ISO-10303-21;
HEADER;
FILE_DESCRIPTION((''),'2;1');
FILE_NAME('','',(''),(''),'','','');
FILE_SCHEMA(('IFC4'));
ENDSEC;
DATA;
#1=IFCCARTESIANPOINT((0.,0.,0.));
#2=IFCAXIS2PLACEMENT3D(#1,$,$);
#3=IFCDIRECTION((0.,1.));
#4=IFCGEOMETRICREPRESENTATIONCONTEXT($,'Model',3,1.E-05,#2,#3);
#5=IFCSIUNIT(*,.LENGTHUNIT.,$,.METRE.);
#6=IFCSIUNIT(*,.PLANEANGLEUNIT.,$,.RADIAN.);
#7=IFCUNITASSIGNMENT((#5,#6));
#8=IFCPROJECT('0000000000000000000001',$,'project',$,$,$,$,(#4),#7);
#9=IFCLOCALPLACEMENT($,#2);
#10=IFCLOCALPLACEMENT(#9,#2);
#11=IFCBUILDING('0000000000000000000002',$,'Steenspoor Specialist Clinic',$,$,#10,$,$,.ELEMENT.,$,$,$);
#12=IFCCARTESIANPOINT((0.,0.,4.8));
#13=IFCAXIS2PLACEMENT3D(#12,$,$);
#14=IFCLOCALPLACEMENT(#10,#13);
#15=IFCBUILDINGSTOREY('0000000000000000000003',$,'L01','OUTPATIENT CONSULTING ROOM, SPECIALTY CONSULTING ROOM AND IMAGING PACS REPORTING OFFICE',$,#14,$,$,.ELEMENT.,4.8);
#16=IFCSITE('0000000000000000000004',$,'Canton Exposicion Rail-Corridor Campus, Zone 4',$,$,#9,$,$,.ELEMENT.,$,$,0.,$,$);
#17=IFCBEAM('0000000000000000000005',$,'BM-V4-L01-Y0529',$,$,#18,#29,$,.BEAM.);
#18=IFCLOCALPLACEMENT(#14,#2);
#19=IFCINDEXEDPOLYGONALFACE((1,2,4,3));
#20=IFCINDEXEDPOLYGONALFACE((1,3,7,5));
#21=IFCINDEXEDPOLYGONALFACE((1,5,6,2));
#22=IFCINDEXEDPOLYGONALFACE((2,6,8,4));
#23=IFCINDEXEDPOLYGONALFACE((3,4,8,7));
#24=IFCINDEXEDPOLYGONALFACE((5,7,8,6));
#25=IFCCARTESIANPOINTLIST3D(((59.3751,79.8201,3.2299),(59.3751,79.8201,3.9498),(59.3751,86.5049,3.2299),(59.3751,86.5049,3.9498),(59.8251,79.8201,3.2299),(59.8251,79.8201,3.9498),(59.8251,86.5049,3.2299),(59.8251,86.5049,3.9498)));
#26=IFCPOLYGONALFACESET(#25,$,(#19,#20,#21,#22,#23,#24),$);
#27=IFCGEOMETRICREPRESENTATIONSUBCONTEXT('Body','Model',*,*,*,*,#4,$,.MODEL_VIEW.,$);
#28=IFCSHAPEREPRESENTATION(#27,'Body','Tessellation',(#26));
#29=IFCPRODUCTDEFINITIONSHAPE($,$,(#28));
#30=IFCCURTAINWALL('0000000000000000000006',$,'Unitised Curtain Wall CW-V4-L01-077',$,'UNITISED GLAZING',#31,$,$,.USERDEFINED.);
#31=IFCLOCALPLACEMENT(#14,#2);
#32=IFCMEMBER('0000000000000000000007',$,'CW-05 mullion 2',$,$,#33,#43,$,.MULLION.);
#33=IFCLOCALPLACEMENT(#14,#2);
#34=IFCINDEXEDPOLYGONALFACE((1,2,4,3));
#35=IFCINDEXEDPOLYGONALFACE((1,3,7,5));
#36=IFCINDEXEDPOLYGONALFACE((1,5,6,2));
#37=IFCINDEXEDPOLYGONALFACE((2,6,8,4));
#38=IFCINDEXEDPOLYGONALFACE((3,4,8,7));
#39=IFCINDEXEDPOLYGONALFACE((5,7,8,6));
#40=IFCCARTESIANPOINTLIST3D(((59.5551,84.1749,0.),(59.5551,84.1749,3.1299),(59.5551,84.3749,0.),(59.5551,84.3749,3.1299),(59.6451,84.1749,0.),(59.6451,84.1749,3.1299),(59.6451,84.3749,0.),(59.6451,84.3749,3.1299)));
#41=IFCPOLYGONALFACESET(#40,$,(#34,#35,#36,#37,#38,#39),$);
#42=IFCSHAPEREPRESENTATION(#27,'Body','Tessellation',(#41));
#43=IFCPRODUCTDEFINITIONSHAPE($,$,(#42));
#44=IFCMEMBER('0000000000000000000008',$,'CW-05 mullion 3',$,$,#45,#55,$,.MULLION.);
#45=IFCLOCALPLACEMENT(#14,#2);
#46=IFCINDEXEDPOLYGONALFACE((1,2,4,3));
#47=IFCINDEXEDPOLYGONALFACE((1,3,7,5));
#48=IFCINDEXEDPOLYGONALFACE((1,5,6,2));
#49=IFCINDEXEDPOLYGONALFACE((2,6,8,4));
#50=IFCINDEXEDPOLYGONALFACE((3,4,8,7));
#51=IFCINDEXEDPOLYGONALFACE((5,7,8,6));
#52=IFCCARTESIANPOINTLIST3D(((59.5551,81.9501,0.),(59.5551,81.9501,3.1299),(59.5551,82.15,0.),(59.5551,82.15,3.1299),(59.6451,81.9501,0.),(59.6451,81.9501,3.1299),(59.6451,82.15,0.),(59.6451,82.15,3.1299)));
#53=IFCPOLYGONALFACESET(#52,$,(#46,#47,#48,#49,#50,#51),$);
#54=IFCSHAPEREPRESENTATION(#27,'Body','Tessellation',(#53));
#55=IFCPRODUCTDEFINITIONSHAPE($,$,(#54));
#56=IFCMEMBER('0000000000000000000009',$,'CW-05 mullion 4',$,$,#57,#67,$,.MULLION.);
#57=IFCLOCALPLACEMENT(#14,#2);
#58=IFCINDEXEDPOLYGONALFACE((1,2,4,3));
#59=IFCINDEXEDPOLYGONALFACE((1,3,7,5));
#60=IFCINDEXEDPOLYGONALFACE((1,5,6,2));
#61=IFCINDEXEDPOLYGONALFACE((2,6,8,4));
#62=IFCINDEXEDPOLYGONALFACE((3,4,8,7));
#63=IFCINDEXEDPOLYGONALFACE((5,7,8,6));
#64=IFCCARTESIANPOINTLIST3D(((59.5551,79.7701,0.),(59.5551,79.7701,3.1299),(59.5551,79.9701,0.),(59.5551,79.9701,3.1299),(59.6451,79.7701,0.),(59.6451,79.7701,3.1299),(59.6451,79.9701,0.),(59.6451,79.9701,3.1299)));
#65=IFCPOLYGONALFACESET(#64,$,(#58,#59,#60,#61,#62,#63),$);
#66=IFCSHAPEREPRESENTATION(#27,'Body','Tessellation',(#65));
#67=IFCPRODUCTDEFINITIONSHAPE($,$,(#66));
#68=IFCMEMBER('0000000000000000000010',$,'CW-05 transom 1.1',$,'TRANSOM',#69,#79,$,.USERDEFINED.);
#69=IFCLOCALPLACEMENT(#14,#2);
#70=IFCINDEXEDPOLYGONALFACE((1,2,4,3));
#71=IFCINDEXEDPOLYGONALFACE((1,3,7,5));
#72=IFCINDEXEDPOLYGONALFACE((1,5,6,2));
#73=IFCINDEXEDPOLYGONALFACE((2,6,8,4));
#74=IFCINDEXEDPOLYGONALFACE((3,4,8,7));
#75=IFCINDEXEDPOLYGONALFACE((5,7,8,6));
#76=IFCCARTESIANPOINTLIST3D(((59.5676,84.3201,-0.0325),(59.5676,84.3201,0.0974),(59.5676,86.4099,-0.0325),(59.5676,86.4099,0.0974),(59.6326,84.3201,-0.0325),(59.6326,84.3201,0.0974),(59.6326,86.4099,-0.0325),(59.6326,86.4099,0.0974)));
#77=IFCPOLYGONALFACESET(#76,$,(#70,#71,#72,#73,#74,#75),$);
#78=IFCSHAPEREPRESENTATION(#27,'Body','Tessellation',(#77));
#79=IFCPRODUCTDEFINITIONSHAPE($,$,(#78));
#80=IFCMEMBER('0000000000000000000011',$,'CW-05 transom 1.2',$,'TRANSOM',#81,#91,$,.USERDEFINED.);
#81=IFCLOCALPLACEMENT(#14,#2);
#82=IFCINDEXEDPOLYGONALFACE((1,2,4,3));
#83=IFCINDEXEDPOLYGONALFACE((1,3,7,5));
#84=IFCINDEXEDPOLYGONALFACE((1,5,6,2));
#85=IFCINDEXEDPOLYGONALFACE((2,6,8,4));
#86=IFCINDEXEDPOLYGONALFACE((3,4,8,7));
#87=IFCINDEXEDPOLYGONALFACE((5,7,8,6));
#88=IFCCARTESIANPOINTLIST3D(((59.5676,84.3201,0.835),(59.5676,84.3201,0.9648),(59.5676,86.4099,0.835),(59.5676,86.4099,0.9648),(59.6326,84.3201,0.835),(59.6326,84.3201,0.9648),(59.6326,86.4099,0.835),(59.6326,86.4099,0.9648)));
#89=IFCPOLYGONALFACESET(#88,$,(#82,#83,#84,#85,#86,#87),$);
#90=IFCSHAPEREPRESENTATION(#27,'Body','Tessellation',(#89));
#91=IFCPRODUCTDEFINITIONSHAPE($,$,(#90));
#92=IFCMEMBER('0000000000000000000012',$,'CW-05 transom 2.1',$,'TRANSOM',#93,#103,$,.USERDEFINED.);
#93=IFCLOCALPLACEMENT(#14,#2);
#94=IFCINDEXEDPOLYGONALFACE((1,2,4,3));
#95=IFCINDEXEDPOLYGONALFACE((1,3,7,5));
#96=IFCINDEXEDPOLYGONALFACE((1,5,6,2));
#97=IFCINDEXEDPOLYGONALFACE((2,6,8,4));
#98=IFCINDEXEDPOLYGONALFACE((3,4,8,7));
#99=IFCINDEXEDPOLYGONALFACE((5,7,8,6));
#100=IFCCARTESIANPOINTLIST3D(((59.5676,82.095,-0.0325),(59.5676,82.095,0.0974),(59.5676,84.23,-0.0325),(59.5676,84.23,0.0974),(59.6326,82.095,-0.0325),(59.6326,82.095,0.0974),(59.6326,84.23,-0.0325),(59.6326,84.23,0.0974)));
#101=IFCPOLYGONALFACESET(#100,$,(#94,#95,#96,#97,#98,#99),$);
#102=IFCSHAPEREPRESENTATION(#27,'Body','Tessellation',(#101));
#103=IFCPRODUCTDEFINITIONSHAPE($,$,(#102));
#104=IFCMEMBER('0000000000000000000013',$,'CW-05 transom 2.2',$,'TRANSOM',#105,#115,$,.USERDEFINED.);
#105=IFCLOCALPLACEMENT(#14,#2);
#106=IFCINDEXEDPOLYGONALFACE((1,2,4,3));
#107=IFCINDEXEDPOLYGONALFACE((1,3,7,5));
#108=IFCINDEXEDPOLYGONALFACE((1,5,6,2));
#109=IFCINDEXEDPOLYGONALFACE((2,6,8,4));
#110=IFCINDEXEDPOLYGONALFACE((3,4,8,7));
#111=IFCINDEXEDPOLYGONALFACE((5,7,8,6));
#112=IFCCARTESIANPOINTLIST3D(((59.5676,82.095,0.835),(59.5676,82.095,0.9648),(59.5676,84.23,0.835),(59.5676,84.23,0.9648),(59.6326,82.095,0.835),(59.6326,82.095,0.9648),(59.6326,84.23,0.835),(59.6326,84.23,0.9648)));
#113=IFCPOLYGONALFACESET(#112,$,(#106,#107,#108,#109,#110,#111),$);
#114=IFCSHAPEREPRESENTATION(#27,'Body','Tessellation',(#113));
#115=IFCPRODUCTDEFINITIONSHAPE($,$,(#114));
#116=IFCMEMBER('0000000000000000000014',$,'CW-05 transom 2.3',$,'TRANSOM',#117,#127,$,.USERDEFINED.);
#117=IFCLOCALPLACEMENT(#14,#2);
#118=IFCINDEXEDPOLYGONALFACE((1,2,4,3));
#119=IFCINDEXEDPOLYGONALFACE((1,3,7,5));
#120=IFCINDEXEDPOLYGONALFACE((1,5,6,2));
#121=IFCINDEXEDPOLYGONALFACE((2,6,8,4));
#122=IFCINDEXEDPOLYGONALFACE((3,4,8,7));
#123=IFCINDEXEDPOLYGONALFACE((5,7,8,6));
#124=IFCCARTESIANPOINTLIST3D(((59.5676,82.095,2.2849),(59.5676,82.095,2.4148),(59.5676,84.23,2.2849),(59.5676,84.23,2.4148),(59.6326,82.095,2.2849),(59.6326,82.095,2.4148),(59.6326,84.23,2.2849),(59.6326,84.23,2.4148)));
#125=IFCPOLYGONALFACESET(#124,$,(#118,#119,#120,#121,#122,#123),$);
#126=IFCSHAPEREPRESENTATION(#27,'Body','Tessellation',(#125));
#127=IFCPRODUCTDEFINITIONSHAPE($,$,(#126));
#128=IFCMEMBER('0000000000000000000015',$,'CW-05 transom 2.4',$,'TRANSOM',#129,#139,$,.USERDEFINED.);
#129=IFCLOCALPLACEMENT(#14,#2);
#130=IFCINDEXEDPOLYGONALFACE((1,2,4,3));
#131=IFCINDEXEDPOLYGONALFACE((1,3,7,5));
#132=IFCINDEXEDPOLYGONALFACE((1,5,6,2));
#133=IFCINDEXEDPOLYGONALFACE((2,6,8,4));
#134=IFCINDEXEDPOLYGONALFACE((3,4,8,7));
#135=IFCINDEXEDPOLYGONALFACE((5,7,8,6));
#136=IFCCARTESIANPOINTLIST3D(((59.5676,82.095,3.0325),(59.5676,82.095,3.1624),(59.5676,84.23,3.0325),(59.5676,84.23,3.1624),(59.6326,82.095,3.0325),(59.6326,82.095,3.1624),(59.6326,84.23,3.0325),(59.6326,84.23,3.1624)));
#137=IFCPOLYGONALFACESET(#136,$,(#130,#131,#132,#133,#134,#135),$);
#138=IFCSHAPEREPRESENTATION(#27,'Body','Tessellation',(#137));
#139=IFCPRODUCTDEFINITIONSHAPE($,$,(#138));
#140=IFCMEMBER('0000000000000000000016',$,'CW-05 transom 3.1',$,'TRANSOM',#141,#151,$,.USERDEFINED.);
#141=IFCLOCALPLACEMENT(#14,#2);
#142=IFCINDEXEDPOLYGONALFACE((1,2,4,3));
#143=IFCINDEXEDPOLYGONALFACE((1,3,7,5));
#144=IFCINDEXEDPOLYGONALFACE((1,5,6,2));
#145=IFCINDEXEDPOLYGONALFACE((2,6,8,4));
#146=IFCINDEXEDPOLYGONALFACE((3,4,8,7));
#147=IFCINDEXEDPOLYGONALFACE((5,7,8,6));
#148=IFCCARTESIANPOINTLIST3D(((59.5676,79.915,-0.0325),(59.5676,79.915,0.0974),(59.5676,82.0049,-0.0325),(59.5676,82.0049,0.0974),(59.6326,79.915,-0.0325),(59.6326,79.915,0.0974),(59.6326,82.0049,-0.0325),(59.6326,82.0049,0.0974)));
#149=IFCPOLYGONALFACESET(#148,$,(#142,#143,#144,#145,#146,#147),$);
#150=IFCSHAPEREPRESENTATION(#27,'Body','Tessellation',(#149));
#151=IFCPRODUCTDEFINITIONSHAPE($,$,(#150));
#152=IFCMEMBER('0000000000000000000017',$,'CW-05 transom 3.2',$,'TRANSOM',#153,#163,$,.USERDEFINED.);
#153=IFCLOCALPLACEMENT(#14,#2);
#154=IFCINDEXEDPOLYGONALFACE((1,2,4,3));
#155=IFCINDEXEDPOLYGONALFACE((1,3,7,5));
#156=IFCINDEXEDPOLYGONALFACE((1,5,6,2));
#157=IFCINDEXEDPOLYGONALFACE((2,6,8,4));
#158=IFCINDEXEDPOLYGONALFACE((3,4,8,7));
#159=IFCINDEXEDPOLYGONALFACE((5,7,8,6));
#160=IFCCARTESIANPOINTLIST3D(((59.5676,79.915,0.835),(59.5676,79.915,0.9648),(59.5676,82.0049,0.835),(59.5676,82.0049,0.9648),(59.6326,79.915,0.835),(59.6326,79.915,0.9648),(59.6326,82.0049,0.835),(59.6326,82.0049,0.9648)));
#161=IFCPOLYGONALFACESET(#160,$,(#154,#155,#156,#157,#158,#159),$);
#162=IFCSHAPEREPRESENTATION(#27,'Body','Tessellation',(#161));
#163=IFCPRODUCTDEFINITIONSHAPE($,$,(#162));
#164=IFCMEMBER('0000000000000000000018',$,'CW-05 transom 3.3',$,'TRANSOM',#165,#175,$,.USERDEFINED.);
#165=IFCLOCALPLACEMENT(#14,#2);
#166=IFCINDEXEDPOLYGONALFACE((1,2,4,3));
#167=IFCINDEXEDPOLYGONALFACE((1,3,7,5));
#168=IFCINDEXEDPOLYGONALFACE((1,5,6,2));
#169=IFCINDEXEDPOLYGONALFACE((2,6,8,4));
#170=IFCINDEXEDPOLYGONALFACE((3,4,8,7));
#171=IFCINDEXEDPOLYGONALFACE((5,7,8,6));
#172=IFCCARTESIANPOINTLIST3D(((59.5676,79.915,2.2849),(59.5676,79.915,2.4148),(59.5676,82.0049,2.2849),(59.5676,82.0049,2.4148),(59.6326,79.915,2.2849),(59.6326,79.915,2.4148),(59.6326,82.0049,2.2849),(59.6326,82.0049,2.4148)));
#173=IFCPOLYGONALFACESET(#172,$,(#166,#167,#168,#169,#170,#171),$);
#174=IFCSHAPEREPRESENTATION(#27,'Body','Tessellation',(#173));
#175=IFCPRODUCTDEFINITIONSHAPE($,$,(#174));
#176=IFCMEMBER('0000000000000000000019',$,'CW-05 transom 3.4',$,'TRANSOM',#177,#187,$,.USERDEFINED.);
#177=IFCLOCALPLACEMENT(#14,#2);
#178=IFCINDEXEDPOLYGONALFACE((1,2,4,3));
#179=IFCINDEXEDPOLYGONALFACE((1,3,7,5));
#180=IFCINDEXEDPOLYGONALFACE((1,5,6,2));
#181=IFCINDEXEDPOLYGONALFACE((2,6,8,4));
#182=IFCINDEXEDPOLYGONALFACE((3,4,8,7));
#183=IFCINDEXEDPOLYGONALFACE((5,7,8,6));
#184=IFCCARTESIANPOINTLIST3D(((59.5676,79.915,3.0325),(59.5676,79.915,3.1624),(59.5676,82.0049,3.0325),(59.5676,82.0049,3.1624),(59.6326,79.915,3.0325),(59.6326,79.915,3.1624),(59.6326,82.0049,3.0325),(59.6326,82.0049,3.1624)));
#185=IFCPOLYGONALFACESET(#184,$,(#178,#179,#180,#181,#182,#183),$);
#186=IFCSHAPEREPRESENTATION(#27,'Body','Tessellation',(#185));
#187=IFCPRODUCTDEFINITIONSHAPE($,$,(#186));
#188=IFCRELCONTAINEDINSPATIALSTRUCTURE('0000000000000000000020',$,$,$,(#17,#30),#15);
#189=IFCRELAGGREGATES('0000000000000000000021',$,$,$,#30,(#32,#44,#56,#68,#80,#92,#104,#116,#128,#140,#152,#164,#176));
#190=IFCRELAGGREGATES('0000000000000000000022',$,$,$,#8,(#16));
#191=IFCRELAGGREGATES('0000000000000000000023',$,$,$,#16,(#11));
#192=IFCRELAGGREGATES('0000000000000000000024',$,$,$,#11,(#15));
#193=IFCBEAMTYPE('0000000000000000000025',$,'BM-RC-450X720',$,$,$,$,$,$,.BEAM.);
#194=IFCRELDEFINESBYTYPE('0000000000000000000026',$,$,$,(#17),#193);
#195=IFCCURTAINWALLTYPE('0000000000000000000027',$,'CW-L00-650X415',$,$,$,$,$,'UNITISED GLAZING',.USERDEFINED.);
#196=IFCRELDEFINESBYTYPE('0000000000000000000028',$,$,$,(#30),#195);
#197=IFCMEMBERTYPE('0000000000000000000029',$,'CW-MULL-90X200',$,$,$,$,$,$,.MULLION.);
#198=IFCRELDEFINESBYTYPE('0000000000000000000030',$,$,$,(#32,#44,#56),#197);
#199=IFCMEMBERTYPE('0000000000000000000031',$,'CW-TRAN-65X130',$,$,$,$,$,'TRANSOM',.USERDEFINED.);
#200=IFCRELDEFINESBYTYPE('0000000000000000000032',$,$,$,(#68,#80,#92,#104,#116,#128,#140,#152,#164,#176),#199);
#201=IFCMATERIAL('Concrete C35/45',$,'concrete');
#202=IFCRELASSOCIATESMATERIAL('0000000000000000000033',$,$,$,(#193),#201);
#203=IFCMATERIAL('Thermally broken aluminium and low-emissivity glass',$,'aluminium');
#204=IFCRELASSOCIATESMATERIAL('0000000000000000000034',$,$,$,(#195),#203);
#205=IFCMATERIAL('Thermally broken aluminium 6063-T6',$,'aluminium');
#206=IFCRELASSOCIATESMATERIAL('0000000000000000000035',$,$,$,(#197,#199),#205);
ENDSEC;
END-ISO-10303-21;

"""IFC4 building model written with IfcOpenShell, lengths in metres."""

from ifc_helpers import new_model, si_unit, direction, frame, origin, origin_2d, place, context, subcontext, project, spatial, rectangle, extrude, material, material_profile, profile_set, type_object, element, aggregate, save


model = new_model("IFC4")

# Units and contexts
model_context = context("Model", 3, precision=1e-05, world=origin(), true_north=direction((0.0, 1.0)))
body_context = subcontext(model_context, "Body", "Model", "MODEL_VIEW")
ifc_project = project(units=[si_unit("LENGTHUNIT", "METRE"), si_unit("PLANEANGLEUNIT", "RADIAN")], contexts=[model_context])

# Site, building, storey
site_placement = place(None, origin())
site = spatial("IfcSite", under=ifc_project, at=site_placement, Name="Canton Exposicion Rail-Corridor Campus, Zone 4", CompositionType="ELEMENT", RefElevation=0.0)
building_placement = place(site_placement, origin())
building = spatial("IfcBuilding", under=site, at=building_placement, Name="Steenspoor Specialist Clinic", CompositionType="ELEMENT")
storey_placement = place(building_placement, frame((0.0, 0.0, 4.8)))
storey = spatial("IfcBuildingStorey", under=building, at=storey_placement, Name="L01", Description="OUTPATIENT CONSULTING ROOM, SPECIALTY CONSULTING ROOM AND IMAGING PACS REPORTING OFFICE", CompositionType="ELEMENT", Elevation=4.8)

# Beam
ifc_material_1 = material(Name="Concrete C35/45", Category="concrete")
ifc_material_profile_1 = material_profile(ifc_material_1, rectangle(XDim=0.45, YDim=0.72, at=origin_2d()), Name="RC-BM-450X720")
ifc_profile_set_1 = profile_set([ifc_material_profile_1], Name="Concrete C35/45")
beam_type_1 = type_object("IfcBeamType", Name="BM-RC-450X720", PredefinedType="BEAM", material=ifc_profile_set_1)
beam_1_placement = place(storey_placement, frame((59.6001, 79.8201, 3.5898), z_axis=(0.0, 1.0, 0.0), x_axis=(-1.0, 0.0, 0.0)))
element("IfcBeam", 1, at=beam_1_placement, inside=storey, type_object=beam_type_1, Name="BM-V4-L01-Y0529", PredefinedType="BEAM", context=body_context, shape_type="SweptSolid", body=[
    extrude(rectangle(XDim=0.45, YDim=0.72, at=origin_2d()), origin(), (0.0, 0.0, 1.0), 6.6848),
])

# Curtain wall, members
ifc_material_2 = material(Name="Thermally broken aluminium and low-emissivity glass", Category="aluminium")
curtain_wall_type = type_object("IfcCurtainWallType", Name="CW-L00-650X415", ElementType="UNITISED GLAZING", PredefinedType="USERDEFINED", material=ifc_material_2)
curtain_wall_placement = place(storey_placement, origin())
curtain_wall = element("IfcCurtainWall", 2, at=curtain_wall_placement, inside=storey, type_object=curtain_wall_type, Name="Unitised Curtain Wall CW-V4-L01-077", ObjectType="UNITISED GLAZING", PredefinedType="USERDEFINED")
ifc_material_3 = material(Name="Thermally broken aluminium 6063-T6", Category="aluminium")
ifc_material_profile_2 = material_profile(ifc_material_3, rectangle(XDim=0.0901, YDim=0.2, at=origin_2d()), Name="CWM-90X200")
ifc_profile_set_2 = profile_set([ifc_material_profile_2], Name="Thermally broken aluminium 6063-T6")
member_type_1 = type_object("IfcMemberType", Name="CW-MULL-90X200", PredefinedType="MULLION", material=ifc_profile_set_2)
member_1_placement = place(storey_placement, frame((59.6001, 84.2749, 0.0), z_axis=(0.0, 0.0, 1.0), x_axis=(1.0, 0.0, 0.0)))
member_1 = element("IfcMember", 3, at=member_1_placement, type_object=member_type_1, Name="CW-05 mullion 2", PredefinedType="MULLION", context=body_context, shape_type="SweptSolid", body=[
    extrude(rectangle(XDim=0.0901, YDim=0.2, at=origin_2d()), origin(), (0.0, 0.0, 1.0), 3.1299),
])
member_2_placement = place(storey_placement, frame((59.6001, 82.05, 0.0), z_axis=(0.0, 0.0, 1.0), x_axis=(1.0, 0.0, 0.0)))
member_2 = element("IfcMember", 4, at=member_2_placement, type_object=member_type_1, Name="CW-05 mullion 3", PredefinedType="MULLION", context=body_context, shape_type="SweptSolid", body=[
    extrude(rectangle(XDim=0.0901, YDim=0.2, at=origin_2d()), origin(), (0.0, 0.0, 1.0), 3.1299),
])
member_3_placement = place(storey_placement, frame((59.6001, 79.8701, 0.0), z_axis=(0.0, 0.0, 1.0), x_axis=(1.0, 0.0, 0.0)))
member_3 = element("IfcMember", 5, at=member_3_placement, type_object=member_type_1, Name="CW-05 mullion 4", PredefinedType="MULLION", context=body_context, shape_type="SweptSolid", body=[
    extrude(rectangle(XDim=0.0901, YDim=0.2, at=origin_2d()), origin(), (0.0, 0.0, 1.0), 3.1299),
])
ifc_material_profile_3 = material_profile(ifc_material_3, rectangle(XDim=0.0649, YDim=0.1299, at=origin_2d()), Name="CWT-65X130")
ifc_profile_set_3 = profile_set([ifc_material_profile_3], Name="Thermally broken aluminium 6063-T6")
member_type_2 = type_object("IfcMemberType", Name="CW-TRAN-65X130", ElementType="TRANSOM", PredefinedType="USERDEFINED", material=ifc_profile_set_3)
member_4_placement = place(storey_placement, frame((59.6001, 86.4099, 0.0325), z_axis=(0.0, -1.0, 0.0), x_axis=(1.0, 0.0, 0.0)))
member_4 = element("IfcMember", 6, at=member_4_placement, type_object=member_type_2, Name="CW-05 transom 1.1", ObjectType="TRANSOM", PredefinedType="USERDEFINED", context=body_context, shape_type="SweptSolid", body=[
    extrude(rectangle(XDim=0.0649, YDim=0.1299, at=origin_2d()), origin(), (0.0, 0.0, 1.0), 2.0898),
])
member_5_placement = place(storey_placement, frame((59.6001, 86.4099, 0.8999), z_axis=(0.0, -1.0, 0.0), x_axis=(1.0, 0.0, 0.0)))
member_5 = element("IfcMember", 7, at=member_5_placement, type_object=member_type_2, Name="CW-05 transom 1.2", ObjectType="TRANSOM", PredefinedType="USERDEFINED", context=body_context, shape_type="SweptSolid", body=[
    extrude(rectangle(XDim=0.0649, YDim=0.1299, at=origin_2d()), origin(), (0.0, 0.0, 1.0), 2.0898),
])
member_6_placement = place(storey_placement, frame((59.6001, 84.23, 0.0325), z_axis=(0.0, -1.0, 0.0), x_axis=(1.0, 0.0, 0.0)))
member_6 = element("IfcMember", 8, at=member_6_placement, type_object=member_type_2, Name="CW-05 transom 2.1", ObjectType="TRANSOM", PredefinedType="USERDEFINED", context=body_context, shape_type="SweptSolid", body=[
    extrude(rectangle(XDim=0.0649, YDim=0.1299, at=origin_2d()), origin(), (0.0, 0.0, 1.0), 2.135),
])
member_7_placement = place(storey_placement, frame((59.6001, 84.23, 0.8999), z_axis=(0.0, -1.0, 0.0), x_axis=(1.0, 0.0, 0.0)))
member_7 = element("IfcMember", 9, at=member_7_placement, type_object=member_type_2, Name="CW-05 transom 2.2", ObjectType="TRANSOM", PredefinedType="USERDEFINED", context=body_context, shape_type="SweptSolid", body=[
    extrude(rectangle(XDim=0.0649, YDim=0.1299, at=origin_2d()), origin(), (0.0, 0.0, 1.0), 2.135),
])
member_8_placement = place(storey_placement, frame((59.6001, 84.23, 2.3499), z_axis=(0.0, -1.0, 0.0), x_axis=(1.0, 0.0, 0.0)))
member_8 = element("IfcMember", 10, at=member_8_placement, type_object=member_type_2, Name="CW-05 transom 2.3", ObjectType="TRANSOM", PredefinedType="USERDEFINED", context=body_context, shape_type="SweptSolid", body=[
    extrude(rectangle(XDim=0.0649, YDim=0.1299, at=origin_2d()), origin(), (0.0, 0.0, 1.0), 2.135),
])
member_9_placement = place(storey_placement, frame((59.6001, 84.23, 3.0974), z_axis=(0.0, -1.0, 0.0), x_axis=(1.0, 0.0, 0.0)))
member_9 = element("IfcMember", 11, at=member_9_placement, type_object=member_type_2, Name="CW-05 transom 2.4", ObjectType="TRANSOM", PredefinedType="USERDEFINED", context=body_context, shape_type="SweptSolid", body=[
    extrude(rectangle(XDim=0.0649, YDim=0.1299, at=origin_2d()), origin(), (0.0, 0.0, 1.0), 2.135),
])
member_10_placement = place(storey_placement, frame((59.6001, 82.0049, 0.0325), z_axis=(0.0, -1.0, 0.0), x_axis=(1.0, 0.0, 0.0)))
member_10 = element("IfcMember", 12, at=member_10_placement, type_object=member_type_2, Name="CW-05 transom 3.1", ObjectType="TRANSOM", PredefinedType="USERDEFINED", context=body_context, shape_type="SweptSolid", body=[
    extrude(rectangle(XDim=0.0649, YDim=0.1299, at=origin_2d()), origin(), (0.0, 0.0, 1.0), 2.0898),
])
member_11_placement = place(storey_placement, frame((59.6001, 82.0049, 0.8999), z_axis=(0.0, -1.0, 0.0), x_axis=(1.0, 0.0, 0.0)))
member_11 = element("IfcMember", 13, at=member_11_placement, type_object=member_type_2, Name="CW-05 transom 3.2", ObjectType="TRANSOM", PredefinedType="USERDEFINED", context=body_context, shape_type="SweptSolid", body=[
    extrude(rectangle(XDim=0.0649, YDim=0.1299, at=origin_2d()), origin(), (0.0, 0.0, 1.0), 2.0898),
])
member_12_placement = place(storey_placement, frame((59.6001, 82.0049, 2.3499), z_axis=(0.0, -1.0, 0.0), x_axis=(1.0, 0.0, 0.0)))
member_12 = element("IfcMember", 14, at=member_12_placement, type_object=member_type_2, Name="CW-05 transom 3.3", ObjectType="TRANSOM", PredefinedType="USERDEFINED", context=body_context, shape_type="SweptSolid", body=[
    extrude(rectangle(XDim=0.0649, YDim=0.1299, at=origin_2d()), origin(), (0.0, 0.0, 1.0), 2.0898),
])
member_13_placement = place(storey_placement, frame((59.6001, 82.0049, 3.0974), z_axis=(0.0, -1.0, 0.0), x_axis=(1.0, 0.0, 0.0)))
member_13 = element("IfcMember", 15, at=member_13_placement, type_object=member_type_2, Name="CW-05 transom 3.4", ObjectType="TRANSOM", PredefinedType="USERDEFINED", context=body_context, shape_type="SweptSolid", body=[
    extrude(rectangle(XDim=0.0649, YDim=0.1299, at=origin_2d()), origin(), (0.0, 0.0, 1.0), 2.0898),
])

aggregate(curtain_wall, [member_1, member_2, member_3, member_4, member_5, member_6, member_7, member_8, member_9, member_10, member_11, member_12, member_13])

save(model, "model.ifc")
